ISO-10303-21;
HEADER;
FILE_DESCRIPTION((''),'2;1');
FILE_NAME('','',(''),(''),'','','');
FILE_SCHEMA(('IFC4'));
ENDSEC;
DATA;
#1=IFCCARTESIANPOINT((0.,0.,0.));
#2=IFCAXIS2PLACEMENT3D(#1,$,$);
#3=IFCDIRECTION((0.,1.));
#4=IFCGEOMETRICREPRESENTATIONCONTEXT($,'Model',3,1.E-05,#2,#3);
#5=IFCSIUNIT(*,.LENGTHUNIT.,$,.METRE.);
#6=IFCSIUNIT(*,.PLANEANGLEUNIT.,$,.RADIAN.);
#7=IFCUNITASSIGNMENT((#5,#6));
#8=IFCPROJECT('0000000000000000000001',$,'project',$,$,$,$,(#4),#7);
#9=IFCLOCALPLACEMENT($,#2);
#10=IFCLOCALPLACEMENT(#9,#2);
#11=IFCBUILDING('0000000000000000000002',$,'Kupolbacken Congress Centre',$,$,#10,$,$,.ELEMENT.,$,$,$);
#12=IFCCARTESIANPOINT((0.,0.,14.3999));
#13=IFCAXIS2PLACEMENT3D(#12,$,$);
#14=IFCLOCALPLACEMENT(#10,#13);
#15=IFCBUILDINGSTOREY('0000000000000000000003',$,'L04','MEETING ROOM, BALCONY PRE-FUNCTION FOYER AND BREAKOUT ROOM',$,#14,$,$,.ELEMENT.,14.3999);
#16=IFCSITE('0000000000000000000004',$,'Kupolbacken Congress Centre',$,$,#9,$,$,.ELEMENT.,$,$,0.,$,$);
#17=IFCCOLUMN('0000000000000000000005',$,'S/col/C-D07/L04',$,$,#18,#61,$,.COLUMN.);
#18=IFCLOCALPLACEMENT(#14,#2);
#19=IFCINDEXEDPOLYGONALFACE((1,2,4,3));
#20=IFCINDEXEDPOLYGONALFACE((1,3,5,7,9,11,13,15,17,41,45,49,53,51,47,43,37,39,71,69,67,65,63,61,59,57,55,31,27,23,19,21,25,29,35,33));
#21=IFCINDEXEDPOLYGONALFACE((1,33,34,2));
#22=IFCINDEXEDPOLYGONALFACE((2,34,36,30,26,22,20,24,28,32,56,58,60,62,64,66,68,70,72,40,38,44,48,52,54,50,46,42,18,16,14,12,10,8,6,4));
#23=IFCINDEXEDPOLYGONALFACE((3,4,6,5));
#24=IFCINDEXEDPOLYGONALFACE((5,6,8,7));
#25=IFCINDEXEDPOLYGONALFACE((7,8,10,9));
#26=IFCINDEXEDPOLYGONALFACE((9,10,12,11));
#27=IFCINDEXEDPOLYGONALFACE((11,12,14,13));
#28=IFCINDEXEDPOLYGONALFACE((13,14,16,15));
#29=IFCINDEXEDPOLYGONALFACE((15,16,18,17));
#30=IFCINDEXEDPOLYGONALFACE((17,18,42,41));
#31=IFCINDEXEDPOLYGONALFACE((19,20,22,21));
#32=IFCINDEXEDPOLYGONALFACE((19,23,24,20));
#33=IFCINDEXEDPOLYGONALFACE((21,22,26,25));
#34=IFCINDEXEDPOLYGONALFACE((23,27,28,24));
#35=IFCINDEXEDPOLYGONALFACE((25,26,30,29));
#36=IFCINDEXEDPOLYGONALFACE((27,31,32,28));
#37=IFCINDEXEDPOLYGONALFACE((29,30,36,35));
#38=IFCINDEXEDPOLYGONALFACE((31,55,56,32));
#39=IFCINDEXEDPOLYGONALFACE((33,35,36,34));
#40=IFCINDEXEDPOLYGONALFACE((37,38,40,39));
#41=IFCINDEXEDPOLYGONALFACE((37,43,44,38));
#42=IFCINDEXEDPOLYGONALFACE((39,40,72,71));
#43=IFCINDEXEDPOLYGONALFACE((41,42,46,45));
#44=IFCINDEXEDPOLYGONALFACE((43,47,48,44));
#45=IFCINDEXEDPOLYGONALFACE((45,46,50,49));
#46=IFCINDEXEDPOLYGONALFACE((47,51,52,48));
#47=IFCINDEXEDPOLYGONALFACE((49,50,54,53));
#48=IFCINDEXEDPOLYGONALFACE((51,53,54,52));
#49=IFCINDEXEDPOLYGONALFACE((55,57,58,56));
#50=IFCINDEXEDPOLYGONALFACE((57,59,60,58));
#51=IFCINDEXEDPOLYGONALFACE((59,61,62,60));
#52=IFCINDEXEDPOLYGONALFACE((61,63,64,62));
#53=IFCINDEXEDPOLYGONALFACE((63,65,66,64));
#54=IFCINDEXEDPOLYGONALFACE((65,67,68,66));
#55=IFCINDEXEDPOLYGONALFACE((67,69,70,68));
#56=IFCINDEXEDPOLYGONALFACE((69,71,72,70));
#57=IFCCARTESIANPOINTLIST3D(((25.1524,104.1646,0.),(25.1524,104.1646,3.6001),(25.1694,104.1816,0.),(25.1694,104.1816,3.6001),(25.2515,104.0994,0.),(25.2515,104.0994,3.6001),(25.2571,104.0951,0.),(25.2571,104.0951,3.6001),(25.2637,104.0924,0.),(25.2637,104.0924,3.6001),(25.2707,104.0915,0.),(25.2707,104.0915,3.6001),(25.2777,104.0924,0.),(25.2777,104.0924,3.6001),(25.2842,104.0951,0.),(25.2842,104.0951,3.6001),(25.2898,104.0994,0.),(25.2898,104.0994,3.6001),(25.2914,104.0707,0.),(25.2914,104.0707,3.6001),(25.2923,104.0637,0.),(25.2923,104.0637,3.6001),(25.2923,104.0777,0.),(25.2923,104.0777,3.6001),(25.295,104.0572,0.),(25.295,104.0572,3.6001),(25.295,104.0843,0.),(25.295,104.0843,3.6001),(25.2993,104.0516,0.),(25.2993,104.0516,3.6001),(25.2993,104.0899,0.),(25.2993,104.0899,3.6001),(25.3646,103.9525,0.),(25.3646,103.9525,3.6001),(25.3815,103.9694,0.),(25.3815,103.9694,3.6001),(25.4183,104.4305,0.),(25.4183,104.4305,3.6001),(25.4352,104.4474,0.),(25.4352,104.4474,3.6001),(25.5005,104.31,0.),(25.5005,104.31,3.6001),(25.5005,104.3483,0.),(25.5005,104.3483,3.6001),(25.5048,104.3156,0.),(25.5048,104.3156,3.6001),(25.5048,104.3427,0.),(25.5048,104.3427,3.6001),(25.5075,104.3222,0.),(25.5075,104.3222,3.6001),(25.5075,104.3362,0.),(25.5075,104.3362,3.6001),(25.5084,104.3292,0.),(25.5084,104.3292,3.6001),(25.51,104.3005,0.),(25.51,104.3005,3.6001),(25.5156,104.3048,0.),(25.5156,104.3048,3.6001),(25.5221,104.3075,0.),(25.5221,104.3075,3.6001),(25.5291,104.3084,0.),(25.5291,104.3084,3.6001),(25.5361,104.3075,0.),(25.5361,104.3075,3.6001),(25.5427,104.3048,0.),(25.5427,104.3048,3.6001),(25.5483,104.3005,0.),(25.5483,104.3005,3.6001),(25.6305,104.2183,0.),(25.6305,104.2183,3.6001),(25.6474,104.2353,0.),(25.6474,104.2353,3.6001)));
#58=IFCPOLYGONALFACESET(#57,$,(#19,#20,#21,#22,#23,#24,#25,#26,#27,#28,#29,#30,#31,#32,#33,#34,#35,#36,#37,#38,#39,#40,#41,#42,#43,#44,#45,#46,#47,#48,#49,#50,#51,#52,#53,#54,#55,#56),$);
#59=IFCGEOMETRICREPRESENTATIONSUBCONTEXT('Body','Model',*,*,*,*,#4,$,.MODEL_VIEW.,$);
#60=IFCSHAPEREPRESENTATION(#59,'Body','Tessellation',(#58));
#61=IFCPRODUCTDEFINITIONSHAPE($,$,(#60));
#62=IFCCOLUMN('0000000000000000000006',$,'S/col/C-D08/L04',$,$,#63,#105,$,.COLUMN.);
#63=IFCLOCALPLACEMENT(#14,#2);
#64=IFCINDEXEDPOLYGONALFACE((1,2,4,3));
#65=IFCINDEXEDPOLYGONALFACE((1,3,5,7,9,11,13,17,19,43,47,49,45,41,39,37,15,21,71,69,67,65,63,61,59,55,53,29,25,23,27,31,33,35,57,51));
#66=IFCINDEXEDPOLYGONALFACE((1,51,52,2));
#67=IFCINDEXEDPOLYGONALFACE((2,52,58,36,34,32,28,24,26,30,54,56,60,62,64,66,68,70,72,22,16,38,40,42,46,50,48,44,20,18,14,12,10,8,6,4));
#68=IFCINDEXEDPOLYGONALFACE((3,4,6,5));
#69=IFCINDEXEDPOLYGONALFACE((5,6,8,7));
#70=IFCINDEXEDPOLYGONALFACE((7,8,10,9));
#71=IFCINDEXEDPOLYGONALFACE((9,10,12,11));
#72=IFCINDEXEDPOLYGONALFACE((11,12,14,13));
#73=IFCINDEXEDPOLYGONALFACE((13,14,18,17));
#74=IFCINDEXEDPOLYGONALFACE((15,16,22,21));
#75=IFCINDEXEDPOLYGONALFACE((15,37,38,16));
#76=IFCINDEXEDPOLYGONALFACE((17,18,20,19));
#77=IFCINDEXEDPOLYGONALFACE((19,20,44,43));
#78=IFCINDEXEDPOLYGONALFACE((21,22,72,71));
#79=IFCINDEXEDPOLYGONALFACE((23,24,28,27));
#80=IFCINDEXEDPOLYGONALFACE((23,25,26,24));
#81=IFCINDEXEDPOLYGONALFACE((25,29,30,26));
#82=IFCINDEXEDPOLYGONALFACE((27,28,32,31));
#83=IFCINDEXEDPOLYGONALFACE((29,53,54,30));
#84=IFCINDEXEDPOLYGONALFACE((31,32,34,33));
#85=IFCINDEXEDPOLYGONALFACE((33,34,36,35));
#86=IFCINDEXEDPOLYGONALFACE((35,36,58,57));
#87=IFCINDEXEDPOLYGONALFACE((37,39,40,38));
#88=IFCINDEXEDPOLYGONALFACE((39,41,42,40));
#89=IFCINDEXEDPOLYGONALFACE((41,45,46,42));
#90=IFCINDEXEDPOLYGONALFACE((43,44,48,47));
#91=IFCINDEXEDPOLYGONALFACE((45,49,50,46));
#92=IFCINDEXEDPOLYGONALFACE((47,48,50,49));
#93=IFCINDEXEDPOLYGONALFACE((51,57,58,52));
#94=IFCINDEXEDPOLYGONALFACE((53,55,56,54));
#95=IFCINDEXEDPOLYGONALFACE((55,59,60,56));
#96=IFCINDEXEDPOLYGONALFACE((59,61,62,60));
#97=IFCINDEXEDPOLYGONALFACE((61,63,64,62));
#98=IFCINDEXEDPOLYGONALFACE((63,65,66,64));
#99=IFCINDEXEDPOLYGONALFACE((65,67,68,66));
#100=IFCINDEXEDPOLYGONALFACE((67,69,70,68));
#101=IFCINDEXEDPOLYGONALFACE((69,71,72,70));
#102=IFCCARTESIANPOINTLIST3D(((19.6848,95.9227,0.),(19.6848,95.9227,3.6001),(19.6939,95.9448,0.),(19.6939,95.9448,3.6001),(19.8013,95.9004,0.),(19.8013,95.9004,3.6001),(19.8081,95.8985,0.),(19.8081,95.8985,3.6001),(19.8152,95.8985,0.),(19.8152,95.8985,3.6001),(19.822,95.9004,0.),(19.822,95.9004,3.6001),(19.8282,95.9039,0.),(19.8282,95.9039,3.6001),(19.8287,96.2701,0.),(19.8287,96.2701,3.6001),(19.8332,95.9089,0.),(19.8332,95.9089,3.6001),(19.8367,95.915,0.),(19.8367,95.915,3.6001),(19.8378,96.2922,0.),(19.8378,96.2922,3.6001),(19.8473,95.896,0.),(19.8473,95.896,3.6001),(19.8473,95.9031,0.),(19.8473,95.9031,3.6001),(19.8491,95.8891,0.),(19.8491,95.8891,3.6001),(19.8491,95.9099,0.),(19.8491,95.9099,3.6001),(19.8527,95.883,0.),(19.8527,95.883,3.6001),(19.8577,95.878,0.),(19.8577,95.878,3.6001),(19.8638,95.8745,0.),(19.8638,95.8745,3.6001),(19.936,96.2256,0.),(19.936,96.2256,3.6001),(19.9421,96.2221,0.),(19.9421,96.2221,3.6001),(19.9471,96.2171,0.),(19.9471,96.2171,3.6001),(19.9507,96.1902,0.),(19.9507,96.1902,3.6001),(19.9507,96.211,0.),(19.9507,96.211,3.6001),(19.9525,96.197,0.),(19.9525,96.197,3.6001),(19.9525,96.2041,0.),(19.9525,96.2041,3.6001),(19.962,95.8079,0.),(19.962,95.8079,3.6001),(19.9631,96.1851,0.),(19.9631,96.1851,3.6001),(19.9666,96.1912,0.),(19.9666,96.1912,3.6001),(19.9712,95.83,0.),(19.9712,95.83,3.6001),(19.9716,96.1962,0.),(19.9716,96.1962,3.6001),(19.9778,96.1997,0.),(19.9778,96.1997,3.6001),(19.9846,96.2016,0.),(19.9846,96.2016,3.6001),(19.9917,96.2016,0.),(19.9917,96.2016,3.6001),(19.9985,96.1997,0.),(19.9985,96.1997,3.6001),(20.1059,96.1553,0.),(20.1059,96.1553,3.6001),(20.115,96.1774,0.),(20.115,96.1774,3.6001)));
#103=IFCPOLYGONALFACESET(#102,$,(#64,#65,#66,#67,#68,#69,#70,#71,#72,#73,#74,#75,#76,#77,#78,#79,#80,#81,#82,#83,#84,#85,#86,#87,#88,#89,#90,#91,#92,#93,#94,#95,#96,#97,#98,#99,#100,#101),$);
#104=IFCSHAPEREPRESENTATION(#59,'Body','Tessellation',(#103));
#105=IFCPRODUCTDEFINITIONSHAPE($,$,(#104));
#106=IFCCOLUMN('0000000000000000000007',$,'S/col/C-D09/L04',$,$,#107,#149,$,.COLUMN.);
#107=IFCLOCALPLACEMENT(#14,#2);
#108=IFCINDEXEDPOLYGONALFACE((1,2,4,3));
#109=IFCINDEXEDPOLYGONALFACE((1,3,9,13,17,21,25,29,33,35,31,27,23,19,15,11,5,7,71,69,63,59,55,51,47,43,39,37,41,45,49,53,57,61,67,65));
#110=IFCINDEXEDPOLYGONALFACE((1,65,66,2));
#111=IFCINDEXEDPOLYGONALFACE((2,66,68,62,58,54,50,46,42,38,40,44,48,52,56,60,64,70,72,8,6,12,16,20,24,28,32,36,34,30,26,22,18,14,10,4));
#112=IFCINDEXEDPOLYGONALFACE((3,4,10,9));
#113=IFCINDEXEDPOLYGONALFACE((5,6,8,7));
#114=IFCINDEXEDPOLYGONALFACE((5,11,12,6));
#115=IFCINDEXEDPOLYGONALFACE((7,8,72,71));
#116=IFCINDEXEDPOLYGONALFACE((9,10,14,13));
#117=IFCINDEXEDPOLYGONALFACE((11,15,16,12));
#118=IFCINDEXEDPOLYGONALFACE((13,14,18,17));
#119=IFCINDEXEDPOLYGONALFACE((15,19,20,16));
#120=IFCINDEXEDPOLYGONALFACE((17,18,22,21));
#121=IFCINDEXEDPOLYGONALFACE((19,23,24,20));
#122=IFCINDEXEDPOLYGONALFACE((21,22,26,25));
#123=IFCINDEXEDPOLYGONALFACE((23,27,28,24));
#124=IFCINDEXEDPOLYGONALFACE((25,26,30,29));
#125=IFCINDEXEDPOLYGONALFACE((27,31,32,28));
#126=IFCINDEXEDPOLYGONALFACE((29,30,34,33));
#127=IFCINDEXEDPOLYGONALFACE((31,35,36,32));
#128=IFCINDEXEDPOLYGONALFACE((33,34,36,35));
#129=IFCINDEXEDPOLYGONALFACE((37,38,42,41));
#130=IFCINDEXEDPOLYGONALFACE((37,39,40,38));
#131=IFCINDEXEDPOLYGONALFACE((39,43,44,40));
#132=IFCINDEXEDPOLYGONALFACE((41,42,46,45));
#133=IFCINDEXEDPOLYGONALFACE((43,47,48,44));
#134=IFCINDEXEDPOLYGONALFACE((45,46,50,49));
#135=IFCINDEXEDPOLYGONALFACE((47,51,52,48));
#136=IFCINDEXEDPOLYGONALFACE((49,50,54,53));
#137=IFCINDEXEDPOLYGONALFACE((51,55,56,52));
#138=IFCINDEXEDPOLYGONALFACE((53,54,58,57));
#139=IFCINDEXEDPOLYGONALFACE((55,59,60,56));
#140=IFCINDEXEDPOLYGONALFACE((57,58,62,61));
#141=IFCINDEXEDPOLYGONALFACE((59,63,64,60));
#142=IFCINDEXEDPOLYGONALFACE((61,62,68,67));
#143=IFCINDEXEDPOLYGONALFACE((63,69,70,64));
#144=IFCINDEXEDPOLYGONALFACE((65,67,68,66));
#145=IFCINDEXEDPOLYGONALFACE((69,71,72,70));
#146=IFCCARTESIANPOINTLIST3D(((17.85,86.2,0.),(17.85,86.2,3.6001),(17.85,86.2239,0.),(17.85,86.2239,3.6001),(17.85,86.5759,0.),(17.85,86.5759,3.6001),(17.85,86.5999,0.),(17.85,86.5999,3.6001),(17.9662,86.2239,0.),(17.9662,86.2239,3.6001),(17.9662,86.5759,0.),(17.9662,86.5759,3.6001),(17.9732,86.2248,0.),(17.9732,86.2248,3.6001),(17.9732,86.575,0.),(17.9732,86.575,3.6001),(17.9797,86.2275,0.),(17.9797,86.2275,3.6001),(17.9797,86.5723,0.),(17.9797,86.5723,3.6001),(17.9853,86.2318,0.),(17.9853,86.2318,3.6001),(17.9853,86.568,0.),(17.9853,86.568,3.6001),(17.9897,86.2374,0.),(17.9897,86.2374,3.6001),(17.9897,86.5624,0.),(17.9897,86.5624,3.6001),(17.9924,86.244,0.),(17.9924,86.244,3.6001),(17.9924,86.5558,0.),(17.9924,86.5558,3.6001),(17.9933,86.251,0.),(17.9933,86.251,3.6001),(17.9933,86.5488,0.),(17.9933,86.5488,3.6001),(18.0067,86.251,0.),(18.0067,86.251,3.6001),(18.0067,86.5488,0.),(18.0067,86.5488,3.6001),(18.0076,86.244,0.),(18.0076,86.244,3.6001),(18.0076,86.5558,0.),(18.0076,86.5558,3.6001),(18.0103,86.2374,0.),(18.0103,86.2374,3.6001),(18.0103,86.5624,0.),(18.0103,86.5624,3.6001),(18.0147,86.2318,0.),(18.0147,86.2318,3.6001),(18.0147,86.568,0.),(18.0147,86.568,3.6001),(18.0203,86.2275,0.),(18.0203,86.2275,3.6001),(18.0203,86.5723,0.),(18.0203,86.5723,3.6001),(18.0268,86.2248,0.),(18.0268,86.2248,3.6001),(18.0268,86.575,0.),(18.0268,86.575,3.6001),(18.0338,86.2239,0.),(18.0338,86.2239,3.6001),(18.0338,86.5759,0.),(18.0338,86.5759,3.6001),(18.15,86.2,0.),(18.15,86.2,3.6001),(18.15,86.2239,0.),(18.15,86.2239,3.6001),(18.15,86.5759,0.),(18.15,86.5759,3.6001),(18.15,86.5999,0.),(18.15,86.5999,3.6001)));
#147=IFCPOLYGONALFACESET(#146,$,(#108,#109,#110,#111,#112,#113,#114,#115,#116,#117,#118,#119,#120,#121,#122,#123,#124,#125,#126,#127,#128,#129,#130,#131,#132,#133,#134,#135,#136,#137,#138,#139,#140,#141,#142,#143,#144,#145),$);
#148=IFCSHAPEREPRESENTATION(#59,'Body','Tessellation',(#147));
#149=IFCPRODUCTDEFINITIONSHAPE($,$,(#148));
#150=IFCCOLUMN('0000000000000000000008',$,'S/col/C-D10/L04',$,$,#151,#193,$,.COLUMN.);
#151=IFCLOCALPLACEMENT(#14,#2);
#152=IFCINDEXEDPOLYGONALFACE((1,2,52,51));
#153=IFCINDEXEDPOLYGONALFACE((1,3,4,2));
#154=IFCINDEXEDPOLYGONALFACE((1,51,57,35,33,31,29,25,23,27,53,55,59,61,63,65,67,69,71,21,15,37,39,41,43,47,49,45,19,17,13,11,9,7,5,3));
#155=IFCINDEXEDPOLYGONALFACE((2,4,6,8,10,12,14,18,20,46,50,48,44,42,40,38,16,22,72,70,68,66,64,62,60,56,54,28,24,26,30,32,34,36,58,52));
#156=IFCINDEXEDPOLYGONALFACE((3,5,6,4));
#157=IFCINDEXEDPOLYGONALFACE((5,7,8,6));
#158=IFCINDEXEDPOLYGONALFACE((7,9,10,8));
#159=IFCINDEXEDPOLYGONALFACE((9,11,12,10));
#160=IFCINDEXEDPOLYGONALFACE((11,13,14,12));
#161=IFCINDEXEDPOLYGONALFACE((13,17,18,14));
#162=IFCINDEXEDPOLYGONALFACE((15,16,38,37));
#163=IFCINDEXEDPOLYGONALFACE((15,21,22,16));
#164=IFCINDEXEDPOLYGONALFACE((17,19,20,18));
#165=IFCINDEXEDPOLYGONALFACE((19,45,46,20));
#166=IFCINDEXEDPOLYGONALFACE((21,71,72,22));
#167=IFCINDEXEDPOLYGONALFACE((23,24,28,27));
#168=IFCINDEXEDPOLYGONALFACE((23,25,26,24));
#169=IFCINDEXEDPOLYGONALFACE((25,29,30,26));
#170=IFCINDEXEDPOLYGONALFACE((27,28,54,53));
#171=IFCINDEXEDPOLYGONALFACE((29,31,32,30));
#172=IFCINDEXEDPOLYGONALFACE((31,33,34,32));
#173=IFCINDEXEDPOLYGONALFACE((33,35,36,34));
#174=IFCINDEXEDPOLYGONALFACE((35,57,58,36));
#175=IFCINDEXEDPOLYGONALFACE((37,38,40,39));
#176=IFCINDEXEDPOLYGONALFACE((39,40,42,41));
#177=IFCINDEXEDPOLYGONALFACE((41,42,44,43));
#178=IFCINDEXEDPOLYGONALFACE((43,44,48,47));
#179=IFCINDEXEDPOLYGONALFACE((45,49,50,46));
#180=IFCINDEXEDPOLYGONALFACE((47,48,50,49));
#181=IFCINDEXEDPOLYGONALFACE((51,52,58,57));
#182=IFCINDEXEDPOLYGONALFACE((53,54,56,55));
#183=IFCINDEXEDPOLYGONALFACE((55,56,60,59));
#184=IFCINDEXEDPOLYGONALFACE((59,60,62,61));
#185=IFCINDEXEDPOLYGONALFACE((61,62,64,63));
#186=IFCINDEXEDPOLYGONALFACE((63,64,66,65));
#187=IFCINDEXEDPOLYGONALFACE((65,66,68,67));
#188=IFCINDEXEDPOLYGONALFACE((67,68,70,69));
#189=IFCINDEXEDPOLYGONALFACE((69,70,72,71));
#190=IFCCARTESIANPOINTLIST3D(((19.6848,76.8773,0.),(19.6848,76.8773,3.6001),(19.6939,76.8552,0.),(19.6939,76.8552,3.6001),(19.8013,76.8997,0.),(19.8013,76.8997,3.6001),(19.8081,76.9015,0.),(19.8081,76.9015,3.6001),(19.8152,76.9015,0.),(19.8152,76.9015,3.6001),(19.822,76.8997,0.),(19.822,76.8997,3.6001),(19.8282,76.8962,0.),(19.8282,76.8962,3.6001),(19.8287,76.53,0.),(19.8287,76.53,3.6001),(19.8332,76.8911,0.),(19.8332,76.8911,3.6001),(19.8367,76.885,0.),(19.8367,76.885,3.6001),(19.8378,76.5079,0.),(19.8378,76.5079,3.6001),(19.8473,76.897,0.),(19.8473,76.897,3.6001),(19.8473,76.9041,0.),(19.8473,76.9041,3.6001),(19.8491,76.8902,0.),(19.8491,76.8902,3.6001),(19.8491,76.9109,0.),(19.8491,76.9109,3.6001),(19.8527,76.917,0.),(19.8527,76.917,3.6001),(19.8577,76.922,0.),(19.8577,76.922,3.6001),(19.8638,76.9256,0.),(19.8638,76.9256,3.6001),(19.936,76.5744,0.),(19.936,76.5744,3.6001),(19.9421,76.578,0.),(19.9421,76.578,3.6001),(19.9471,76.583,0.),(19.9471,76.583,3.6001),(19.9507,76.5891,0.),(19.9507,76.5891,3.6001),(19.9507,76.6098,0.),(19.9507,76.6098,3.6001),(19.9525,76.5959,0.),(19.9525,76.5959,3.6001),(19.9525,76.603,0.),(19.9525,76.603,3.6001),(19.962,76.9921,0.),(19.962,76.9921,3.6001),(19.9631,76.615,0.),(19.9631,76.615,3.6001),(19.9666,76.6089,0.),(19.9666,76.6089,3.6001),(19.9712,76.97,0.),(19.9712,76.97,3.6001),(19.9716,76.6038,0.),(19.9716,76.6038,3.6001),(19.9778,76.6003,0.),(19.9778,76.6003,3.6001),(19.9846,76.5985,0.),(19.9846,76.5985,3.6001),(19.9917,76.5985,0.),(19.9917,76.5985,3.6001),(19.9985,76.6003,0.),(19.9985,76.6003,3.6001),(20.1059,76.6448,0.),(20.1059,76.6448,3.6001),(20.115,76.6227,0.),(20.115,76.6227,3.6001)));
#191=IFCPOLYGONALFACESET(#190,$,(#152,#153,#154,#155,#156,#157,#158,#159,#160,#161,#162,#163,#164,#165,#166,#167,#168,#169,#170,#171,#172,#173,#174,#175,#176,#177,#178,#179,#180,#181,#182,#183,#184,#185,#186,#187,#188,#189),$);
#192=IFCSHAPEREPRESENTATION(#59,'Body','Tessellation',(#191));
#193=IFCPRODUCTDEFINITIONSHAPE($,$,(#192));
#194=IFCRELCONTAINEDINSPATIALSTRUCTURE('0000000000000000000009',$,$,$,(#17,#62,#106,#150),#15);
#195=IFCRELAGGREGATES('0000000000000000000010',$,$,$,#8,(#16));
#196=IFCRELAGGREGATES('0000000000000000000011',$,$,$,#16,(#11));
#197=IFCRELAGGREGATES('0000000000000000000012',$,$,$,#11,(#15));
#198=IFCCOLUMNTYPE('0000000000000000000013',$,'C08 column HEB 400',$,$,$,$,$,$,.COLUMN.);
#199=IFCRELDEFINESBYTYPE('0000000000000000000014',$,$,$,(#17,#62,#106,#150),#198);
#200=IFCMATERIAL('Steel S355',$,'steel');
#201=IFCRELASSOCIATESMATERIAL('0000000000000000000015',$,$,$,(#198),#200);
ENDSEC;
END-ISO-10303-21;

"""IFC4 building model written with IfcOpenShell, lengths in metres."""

from ifc_helpers import new_model, si_unit, direction, frame, origin, origin_2d, place, context, subcontext, project, spatial, i_section, extrude, material, material_profile, profile_set, type_object, element, save


model = new_model("IFC4")

# Units and contexts
model_context = context("Model", 3, precision=1e-05, world=origin(), true_north=direction((0.0, 1.0)))
body_context = subcontext(model_context, "Body", "Model", "MODEL_VIEW")
ifc_project = project(units=[si_unit("LENGTHUNIT", "METRE"), si_unit("PLANEANGLEUNIT", "RADIAN")], contexts=[model_context])

# Site, building, storey
site_placement = place(None, origin())
site = spatial("IfcSite", under=ifc_project, at=site_placement, Name="Kupolbacken Congress Centre", CompositionType="ELEMENT", RefElevation=0.0)
building_placement = place(site_placement, origin())
building = spatial("IfcBuilding", under=site, at=building_placement, Name="Kupolbacken Congress Centre", CompositionType="ELEMENT")
storey_placement = place(building_placement, frame((0.0, 0.0, 14.3999)))
storey = spatial("IfcBuildingStorey", under=building, at=storey_placement, Name="L04", Description="MEETING ROOM, BALCONY PRE-FUNCTION FOYER AND BREAKOUT ROOM", CompositionType="ELEMENT", Elevation=14.3999)

# Columns
ifc_material_1 = material(Name="Steel S355", Category="steel")
ifc_material_profile_1 = material_profile(ifc_material_1, i_section(OverallWidth=0.3, OverallDepth=0.3999, WebThickness=0.0134, FlangeThickness=0.0239, FilletRadius=0.0271, at=origin_2d()), Name="HEB 400")
ifc_profile_set_1 = profile_set([ifc_material_profile_1], Name="Steel S355")
column_type = type_object("IfcColumnType", Name="C08 column HEB 400", PredefinedType="COLUMN", material=ifc_profile_set_1)
for number, where, z_axis, x_axis, name in (
    (1, (25.3999, 104.2, 0.0), (0.0, 0.0, 1.0), (-0.707107, 0.707107, 0.0), "S/col/C-D07/L04"),
    (2, (19.8999, 96.05, 0.0), (0.0, 0.0, 1.0), (-0.923896, 0.382644, 0.0), "S/col/C-D08/L04"),
    (3, (18.0, 86.3999, 0.0), (0.0, 0.0, 1.0), (-1.0, 0.0, 0.0), "S/col/C-D09/L04"),
    (4, (19.8999, 76.75, 0.0), (0.0, 0.0, 1.0), (-0.923896, -0.382644, 0.0), "S/col/C-D10/L04"),
):
    element("IfcColumn", number, at=place(storey_placement, frame(where, z_axis=z_axis, x_axis=x_axis)), inside=storey, type_object=column_type, Name=name, PredefinedType="COLUMN", context=body_context, shape_type="SweptSolid", body=[
        extrude(i_section(OverallWidth=0.3, OverallDepth=0.3999, WebThickness=0.0134, FlangeThickness=0.0239, FilletRadius=0.0271, at=origin_2d()), origin(), (0.0, 0.0, 1.0), 3.6001),
    ])

save(model, "model.ifc")
